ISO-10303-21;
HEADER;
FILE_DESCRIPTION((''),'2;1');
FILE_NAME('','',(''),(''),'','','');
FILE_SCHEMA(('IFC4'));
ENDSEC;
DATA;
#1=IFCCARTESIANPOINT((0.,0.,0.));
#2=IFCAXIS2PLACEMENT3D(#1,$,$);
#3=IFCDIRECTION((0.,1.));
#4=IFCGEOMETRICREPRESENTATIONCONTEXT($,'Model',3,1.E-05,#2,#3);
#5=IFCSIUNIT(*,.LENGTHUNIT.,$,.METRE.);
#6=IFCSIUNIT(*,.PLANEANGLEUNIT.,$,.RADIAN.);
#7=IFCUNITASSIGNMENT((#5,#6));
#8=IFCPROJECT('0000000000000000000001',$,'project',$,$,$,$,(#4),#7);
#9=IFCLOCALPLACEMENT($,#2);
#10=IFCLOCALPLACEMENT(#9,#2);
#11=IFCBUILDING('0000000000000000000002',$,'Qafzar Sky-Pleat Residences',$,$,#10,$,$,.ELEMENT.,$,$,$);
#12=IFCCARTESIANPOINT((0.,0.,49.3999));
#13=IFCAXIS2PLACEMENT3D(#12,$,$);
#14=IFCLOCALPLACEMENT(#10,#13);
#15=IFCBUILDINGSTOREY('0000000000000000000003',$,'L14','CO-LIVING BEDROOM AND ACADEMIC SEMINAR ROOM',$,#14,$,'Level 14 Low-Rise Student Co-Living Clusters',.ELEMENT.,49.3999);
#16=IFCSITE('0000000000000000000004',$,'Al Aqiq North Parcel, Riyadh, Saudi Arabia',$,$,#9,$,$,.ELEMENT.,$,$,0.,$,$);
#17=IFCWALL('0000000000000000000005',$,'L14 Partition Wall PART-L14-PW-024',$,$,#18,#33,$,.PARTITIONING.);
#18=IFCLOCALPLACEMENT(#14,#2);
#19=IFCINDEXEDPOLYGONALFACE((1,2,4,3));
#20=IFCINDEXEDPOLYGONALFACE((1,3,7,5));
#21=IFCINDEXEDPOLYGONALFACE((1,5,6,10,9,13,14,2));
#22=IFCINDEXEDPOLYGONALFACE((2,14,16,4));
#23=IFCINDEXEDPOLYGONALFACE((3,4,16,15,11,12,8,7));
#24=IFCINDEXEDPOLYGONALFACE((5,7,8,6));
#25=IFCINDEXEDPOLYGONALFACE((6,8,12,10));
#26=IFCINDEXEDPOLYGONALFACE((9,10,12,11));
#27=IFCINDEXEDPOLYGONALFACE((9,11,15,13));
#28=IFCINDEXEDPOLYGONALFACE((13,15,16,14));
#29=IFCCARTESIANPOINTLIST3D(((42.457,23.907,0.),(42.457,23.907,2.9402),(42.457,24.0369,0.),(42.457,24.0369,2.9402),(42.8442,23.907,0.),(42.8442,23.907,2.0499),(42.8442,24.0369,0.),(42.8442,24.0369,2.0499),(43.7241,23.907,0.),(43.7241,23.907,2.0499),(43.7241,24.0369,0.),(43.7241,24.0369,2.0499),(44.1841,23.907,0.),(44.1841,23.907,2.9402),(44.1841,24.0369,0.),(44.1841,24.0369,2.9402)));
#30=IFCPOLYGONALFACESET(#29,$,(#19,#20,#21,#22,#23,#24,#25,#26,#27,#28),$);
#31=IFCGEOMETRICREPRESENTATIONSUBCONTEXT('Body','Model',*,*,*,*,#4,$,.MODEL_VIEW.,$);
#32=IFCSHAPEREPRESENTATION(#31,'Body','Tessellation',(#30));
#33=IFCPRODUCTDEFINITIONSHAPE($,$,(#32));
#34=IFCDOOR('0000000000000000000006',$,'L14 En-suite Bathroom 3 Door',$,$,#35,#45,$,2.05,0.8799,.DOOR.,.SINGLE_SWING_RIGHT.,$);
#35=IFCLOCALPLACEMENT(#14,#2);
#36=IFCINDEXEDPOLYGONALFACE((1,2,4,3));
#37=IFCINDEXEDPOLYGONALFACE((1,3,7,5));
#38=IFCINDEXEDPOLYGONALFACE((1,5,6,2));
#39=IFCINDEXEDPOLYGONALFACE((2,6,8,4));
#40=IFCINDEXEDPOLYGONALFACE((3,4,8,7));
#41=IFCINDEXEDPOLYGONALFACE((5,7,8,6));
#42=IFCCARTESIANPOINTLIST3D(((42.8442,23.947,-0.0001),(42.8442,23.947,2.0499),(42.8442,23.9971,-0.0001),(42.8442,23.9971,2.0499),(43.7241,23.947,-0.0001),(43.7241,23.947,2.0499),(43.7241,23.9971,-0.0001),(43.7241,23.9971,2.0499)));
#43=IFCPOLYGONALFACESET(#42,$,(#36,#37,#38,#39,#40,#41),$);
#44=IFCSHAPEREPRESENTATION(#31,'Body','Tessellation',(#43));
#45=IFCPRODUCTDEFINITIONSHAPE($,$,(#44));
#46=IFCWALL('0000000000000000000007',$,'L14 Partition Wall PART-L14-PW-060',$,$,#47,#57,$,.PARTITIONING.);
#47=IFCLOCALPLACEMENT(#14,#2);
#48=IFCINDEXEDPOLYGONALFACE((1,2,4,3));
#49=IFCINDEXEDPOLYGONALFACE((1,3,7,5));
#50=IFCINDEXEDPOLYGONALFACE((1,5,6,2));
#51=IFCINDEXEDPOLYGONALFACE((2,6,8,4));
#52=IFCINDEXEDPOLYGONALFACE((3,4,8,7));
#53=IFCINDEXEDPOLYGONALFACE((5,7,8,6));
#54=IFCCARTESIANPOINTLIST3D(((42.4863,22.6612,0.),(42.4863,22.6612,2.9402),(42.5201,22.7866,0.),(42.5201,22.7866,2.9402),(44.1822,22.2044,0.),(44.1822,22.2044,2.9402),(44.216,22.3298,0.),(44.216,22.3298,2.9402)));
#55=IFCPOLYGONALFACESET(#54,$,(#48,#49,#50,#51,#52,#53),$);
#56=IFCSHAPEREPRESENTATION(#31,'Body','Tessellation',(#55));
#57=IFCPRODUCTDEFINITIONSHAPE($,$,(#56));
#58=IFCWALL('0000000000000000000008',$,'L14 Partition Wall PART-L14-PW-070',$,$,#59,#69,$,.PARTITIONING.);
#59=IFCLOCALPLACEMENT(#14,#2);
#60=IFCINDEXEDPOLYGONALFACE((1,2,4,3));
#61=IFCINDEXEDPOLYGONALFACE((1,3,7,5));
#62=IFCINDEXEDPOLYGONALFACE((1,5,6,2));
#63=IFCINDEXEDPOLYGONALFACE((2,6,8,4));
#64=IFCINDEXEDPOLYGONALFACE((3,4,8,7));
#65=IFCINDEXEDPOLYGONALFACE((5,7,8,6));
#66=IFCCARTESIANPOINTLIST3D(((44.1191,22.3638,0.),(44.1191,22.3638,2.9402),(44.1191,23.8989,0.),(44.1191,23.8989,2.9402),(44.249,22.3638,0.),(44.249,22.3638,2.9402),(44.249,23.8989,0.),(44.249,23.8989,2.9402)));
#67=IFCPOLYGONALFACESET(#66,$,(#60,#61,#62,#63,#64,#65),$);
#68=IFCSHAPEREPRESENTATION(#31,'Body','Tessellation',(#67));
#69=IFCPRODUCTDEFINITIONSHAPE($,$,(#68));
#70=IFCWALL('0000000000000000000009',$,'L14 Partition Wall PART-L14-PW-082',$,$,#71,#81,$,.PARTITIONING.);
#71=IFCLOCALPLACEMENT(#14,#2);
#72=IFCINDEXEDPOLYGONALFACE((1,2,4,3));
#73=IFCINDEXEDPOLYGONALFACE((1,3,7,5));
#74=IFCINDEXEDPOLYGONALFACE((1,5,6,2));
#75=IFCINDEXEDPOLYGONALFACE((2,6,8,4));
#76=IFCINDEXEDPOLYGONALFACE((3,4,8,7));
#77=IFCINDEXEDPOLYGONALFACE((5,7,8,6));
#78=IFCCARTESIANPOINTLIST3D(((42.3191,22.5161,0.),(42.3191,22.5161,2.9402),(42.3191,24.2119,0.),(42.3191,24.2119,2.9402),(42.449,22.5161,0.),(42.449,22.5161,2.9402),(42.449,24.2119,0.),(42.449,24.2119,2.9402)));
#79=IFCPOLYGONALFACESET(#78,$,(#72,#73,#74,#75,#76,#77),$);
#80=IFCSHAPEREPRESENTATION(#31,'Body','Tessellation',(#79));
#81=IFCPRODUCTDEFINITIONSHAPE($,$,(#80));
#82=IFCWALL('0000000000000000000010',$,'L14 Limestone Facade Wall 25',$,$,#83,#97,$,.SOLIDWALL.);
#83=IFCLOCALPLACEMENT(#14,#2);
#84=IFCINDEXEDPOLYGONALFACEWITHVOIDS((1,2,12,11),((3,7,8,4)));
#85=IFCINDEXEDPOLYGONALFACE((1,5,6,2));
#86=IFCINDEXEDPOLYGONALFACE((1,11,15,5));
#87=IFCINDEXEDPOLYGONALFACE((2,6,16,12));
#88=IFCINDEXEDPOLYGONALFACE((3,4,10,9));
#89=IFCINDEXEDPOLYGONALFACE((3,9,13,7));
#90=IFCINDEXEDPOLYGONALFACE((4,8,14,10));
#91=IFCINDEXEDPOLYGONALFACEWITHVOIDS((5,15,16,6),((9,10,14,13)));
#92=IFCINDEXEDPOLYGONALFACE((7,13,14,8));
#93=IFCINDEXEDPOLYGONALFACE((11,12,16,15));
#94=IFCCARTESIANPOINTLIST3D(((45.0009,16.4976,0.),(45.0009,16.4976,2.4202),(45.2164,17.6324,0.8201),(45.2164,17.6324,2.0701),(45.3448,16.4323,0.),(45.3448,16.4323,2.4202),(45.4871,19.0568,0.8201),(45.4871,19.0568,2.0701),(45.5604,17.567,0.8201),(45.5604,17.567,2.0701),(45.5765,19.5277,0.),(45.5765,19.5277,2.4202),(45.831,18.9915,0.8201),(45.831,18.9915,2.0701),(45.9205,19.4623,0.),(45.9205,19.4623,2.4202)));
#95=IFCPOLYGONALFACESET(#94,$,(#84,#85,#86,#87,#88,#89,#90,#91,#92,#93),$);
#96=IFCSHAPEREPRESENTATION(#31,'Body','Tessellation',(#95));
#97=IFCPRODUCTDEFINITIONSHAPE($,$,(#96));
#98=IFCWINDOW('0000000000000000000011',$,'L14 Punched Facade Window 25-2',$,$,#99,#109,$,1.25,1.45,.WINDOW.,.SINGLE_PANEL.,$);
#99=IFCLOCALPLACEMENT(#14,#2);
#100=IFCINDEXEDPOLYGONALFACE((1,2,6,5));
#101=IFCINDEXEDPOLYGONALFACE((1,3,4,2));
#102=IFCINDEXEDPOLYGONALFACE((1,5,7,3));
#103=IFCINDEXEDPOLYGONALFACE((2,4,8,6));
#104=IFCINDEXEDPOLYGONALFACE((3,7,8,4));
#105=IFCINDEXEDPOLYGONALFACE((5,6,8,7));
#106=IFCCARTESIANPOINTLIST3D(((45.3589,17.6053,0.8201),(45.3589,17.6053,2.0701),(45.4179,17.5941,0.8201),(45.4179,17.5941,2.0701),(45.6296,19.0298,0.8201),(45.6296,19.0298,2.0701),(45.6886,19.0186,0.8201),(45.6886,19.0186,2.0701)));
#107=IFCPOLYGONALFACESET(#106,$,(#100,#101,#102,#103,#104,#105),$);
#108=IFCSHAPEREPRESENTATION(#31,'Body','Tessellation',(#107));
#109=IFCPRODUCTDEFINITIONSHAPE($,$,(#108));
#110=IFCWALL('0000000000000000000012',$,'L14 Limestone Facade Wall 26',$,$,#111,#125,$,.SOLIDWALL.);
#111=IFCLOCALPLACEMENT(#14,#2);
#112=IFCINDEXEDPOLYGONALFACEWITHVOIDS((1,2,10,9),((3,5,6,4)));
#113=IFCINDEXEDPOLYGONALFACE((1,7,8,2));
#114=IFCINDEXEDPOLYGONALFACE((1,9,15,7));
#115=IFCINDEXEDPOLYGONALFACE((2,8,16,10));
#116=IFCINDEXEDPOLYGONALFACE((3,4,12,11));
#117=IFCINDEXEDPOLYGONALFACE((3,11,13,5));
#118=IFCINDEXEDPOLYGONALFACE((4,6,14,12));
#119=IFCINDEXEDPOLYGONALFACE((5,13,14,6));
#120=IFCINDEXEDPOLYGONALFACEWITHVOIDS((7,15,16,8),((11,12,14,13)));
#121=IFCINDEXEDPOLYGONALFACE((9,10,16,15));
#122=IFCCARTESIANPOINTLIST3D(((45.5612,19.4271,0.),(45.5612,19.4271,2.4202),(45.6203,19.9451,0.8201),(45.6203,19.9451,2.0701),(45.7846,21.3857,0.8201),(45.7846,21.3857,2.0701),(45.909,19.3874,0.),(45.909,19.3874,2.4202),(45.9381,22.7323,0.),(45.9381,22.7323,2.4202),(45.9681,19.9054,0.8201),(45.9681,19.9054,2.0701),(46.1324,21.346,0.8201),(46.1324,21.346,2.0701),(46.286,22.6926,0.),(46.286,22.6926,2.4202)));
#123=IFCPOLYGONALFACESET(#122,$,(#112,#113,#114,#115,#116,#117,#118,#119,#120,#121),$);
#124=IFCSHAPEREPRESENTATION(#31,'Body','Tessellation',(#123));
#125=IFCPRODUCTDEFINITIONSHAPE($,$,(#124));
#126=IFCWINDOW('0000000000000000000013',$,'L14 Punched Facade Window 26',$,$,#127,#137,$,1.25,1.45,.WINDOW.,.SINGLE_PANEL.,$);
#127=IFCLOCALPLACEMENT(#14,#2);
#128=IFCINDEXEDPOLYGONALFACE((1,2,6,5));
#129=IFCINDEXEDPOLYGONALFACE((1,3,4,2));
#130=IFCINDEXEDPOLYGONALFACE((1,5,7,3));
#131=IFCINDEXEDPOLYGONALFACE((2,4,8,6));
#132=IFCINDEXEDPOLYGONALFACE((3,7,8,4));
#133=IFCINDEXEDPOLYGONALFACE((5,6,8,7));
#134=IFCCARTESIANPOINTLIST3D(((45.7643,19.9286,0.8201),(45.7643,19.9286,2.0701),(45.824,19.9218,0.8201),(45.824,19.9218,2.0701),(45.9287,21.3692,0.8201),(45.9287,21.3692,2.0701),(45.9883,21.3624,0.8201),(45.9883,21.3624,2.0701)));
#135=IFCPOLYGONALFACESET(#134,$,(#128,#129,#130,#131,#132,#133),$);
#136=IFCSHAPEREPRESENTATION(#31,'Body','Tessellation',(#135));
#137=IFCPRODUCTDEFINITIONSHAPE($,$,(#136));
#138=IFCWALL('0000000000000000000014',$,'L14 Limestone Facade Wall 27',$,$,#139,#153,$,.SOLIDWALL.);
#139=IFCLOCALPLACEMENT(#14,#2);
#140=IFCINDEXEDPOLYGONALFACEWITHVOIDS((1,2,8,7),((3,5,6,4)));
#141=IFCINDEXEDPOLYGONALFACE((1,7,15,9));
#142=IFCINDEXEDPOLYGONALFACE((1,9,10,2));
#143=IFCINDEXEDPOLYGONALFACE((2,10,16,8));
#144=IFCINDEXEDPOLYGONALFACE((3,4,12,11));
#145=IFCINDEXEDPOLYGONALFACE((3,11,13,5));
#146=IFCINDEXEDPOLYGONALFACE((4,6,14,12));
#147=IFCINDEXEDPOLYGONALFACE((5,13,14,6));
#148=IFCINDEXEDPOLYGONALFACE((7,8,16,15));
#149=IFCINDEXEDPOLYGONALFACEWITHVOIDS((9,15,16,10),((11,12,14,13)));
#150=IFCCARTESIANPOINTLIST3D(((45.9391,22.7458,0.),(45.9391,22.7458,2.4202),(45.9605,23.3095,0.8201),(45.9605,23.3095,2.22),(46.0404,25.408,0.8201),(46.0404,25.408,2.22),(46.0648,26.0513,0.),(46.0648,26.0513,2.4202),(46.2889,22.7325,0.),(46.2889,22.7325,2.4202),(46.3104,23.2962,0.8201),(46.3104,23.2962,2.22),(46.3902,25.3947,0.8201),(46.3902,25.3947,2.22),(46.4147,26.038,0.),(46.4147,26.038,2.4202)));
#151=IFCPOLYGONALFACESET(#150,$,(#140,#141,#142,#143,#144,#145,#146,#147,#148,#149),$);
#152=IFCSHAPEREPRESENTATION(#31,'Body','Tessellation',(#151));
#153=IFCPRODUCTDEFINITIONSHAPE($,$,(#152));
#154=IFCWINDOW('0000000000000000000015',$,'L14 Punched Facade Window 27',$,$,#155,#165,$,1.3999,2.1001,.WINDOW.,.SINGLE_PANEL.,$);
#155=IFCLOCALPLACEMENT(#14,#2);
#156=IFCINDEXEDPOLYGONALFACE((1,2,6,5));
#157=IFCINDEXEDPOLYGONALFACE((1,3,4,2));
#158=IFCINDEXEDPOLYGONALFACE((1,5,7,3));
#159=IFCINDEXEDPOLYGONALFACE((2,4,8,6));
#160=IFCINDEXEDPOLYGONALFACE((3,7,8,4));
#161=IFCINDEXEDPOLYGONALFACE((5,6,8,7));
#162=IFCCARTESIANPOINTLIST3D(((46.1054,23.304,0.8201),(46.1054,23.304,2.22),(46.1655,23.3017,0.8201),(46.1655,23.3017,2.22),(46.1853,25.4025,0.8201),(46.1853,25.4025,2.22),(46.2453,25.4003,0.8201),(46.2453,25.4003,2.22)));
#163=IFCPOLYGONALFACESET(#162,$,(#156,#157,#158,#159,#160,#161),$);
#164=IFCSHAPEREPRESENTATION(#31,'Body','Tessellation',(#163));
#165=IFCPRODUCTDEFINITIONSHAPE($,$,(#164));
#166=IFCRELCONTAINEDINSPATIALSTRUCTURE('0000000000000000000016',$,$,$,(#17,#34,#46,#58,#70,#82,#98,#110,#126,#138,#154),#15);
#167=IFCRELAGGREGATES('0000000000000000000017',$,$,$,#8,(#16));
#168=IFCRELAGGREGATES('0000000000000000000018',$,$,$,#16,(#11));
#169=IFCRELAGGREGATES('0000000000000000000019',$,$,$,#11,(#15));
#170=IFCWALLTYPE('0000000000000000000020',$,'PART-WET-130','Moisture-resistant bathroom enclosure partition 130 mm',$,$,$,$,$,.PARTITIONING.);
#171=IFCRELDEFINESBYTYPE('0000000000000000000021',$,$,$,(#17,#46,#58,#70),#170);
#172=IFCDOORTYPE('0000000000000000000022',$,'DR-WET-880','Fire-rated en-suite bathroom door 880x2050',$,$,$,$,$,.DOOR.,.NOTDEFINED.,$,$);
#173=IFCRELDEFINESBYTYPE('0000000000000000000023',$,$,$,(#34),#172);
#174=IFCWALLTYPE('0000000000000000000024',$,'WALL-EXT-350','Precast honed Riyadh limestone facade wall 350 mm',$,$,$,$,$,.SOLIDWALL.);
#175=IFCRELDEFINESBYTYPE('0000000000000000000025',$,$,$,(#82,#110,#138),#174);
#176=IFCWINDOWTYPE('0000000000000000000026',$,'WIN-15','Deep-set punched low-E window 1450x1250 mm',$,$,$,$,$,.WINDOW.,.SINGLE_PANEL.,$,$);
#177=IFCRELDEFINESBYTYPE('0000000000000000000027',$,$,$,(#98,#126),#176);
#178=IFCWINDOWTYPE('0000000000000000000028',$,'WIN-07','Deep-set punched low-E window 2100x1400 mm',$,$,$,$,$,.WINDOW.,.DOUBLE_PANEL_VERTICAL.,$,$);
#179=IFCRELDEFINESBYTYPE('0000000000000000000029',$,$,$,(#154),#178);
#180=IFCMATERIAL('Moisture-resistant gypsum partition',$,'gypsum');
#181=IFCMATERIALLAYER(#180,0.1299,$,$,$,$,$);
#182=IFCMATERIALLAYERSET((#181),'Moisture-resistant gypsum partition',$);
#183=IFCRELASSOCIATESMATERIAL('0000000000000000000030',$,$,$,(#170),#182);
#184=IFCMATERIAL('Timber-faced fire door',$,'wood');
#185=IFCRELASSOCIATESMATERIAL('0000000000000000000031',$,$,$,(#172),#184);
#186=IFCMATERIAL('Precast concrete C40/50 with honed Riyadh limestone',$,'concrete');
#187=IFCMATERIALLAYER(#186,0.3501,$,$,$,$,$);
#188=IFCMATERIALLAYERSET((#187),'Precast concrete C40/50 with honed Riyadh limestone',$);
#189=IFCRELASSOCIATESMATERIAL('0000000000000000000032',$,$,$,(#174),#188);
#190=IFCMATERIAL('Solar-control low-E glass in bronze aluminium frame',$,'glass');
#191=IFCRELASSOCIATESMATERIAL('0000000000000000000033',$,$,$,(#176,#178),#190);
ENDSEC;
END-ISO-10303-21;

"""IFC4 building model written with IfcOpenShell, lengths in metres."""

from ifc_helpers import new_model, si_unit, direction, frame, frame_2d, origin, place, context, subcontext, project, spatial, rectangle, extrude, source, transform, mapped, material, layer, layer_set, type_object, element, fill, save


model = new_model("IFC4")

# Units and contexts
model_context = context("Model", 3, precision=1e-05, world=origin(), true_north=direction((0.0, 1.0)))
body_context = subcontext(model_context, "Body", "Model", "MODEL_VIEW")
ifc_project = project(units=[si_unit("LENGTHUNIT", "METRE"), si_unit("PLANEANGLEUNIT", "RADIAN")], contexts=[model_context])

# Site, building, storey
site_placement = place(None, origin())
site = spatial("IfcSite", under=ifc_project, at=site_placement, Name="Al Aqiq North Parcel, Riyadh, Saudi Arabia", CompositionType="ELEMENT", RefElevation=0.0)
building_placement = place(site_placement, origin())
building = spatial("IfcBuilding", under=site, at=building_placement, Name="Qafzar Sky-Pleat Residences", CompositionType="ELEMENT")
storey_placement = place(building_placement, frame((0.0, 0.0, 49.3999)))
storey = spatial("IfcBuildingStorey", under=building, at=storey_placement, Name="L14", Description="CO-LIVING BEDROOM AND ACADEMIC SEMINAR ROOM", LongName="Level 14 Low-Rise Student Co-Living Clusters", CompositionType="ELEMENT", Elevation=49.3999)

# Wall, opening, door
ifc_material_1 = material(Name="Moisture-resistant gypsum partition", Category="gypsum")
ifc_layer_1 = layer(ifc_material_1, 0.1299)
ifc_layer_set_1 = layer_set([ifc_layer_1], Name="Moisture-resistant gypsum partition")
wall_type_1 = type_object("IfcWallType", Name="PART-WET-130", Description="Moisture-resistant bathroom enclosure partition 130 mm", PredefinedType="PARTITIONING", material=ifc_layer_set_1)
wall_1_placement = place(storey_placement, frame((44.1841, 23.9719, 0.0), z_axis=(0.0, 0.0, 1.0), x_axis=(-1.0, 0.0, 0.0)))
wall_1 = element("IfcWall", 1, at=wall_1_placement, inside=storey, type_object=wall_type_1, Name="L14 Partition Wall PART-L14-PW-024", PredefinedType="PARTITIONING", context=body_context, shape_type="SweptSolid", body=[
    extrude(rectangle(XDim=1.7271, YDim=0.1299, at=frame_2d((0.8635, 0.0))), origin(), (0.0, 0.0, 1.0), 2.9402),
])
opening_1_placement = place(wall_1_placement, frame((0.46, 0.0, 0.0)))
opening_1 = element("IfcOpeningElement", 2, at=opening_1_placement, cuts=wall_1, PredefinedType="OPENING", context=body_context, shape_type="SweptSolid", body=[
    extrude(rectangle(XDim=0.8799, YDim=2.05, at=frame_2d((0.4399, 1.0249))), frame((0.0, 0.075, 0.0), z_axis=(0.0, -1.0, 0.0), x_axis=(1.0, 0.0, 0.0)), (0.0, 0.0, 1.0), 0.1499),
])
ifc_material_2 = material(Name="Timber-faced fire door", Category="wood")
door_type = type_object("IfcDoorType", Name="DR-WET-880", Description="Fire-rated en-suite bathroom door 880x2050", OperationType="NOTDEFINED", PredefinedType="DOOR", material=ifc_material_2)
shared_shape_1 = source(origin(), body_context, "Body", "SweptSolid", [
    extrude(rectangle(XDim=0.8799, YDim=2.05, at=frame_2d((0.4399, 1.0249))), frame((0.0, 0.0249, 0.0), z_axis=(0.0, -1.0, 0.0), x_axis=(1.0, 0.0, 0.0)), (0.0, 0.0, 1.0), 0.05),
])
door_placement = place(opening_1_placement, origin())
door = element("IfcDoor", 3, at=door_placement, inside=storey, type_object=door_type, Name="L14 En-suite Bathroom 3 Door", OperationType="SINGLE_SWING_RIGHT", OverallHeight=2.05, OverallWidth=0.8799, PredefinedType="DOOR", context=body_context, shape_type="MappedRepresentation", body=[
    mapped(shared_shape_1, transform((0.0, 0.0, 0.0), x_axis=(1.0, 0.0, 0.0), y_axis=(0.0, 1.0, 0.0), z_axis=(0.0, 0.0, 1.0), scale=1.0)),
])
fill(opening_1, door)

# Walls
wall_2_placement = place(storey_placement, frame((42.5032, 22.7239, 0.0), z_axis=(0.0, 0.0, 1.0), x_axis=(0.965584, -0.260093, 0.0)))
element("IfcWall", 4, at=wall_2_placement, inside=storey, type_object=wall_type_1, Name="L14 Partition Wall PART-L14-PW-060", PredefinedType="PARTITIONING", context=body_context, shape_type="SweptSolid", body=[
    extrude(rectangle(XDim=1.7563, YDim=0.1299, at=frame_2d((0.8782, 0.0))), origin(), (0.0, 0.0, 1.0), 2.9402),
])
wall_3_placement = place(storey_placement, frame((44.1841, 22.3638, 0.0), z_axis=(0.0, 0.0, 1.0), x_axis=(0.0, 1.0, 0.0)))
element("IfcWall", 5, at=wall_3_placement, inside=storey, type_object=wall_type_1, Name="L14 Partition Wall PART-L14-PW-070", PredefinedType="PARTITIONING", context=body_context, shape_type="SweptSolid", body=[
    extrude(rectangle(XDim=1.5352, YDim=0.1299, at=frame_2d((0.7676, 0.0))), origin(), (0.0, 0.0, 1.0), 2.9402),
])
wall_4_placement = place(storey_placement, frame((42.384, 22.5161, 0.0), z_axis=(0.0, 0.0, 1.0), x_axis=(0.0, 1.0, 0.0)))
element("IfcWall", 6, at=wall_4_placement, inside=storey, type_object=wall_type_1, Name="L14 Partition Wall PART-L14-PW-082", PredefinedType="PARTITIONING", context=body_context, shape_type="SweptSolid", body=[
    extrude(rectangle(XDim=1.6958, YDim=0.1299, at=frame_2d((0.8479, 0.0))), origin(), (0.0, 0.0, 1.0), 2.9402),
])

# Walls, openings, windows
ifc_material_3 = material(Name="Precast concrete C40/50 with honed Riyadh limestone", Category="concrete")
ifc_layer_2 = layer(ifc_material_3, 0.3501)
ifc_layer_set_2 = layer_set([ifc_layer_2], Name="Precast concrete C40/50 with honed Riyadh limestone")
wall_type_2 = type_object("IfcWallType", Name="WALL-EXT-350", Description="Precast honed Riyadh limestone facade wall 350 mm", PredefinedType="SOLIDWALL", material=ifc_layer_set_2)
wall_5_placement = place(storey_placement, frame((45.1729, 16.4651, 0.0), z_axis=(0.0, 0.0, 1.0), x_axis=(0.186654, 0.982426, 0.0)))
wall_5 = element("IfcWall", 7, at=wall_5_placement, inside=storey, type_object=wall_type_2, Name="L14 Limestone Facade Wall 25", PredefinedType="SOLIDWALL", context=body_context, shape_type="SweptSolid", body=[
    extrude(rectangle(XDim=3.0842, YDim=0.3501, at=frame_2d((1.542, 0.0))), origin(), (0.0, 0.0, 1.0), 2.4202),
])
opening_2_placement = place(wall_5_placement, frame((1.1548, 0.0, 0.8201)))
opening_2 = element("IfcOpeningElement", 8, at=opening_2_placement, cuts=wall_5, PredefinedType="OPENING", context=body_context, shape_type="SweptSolid", body=[
    extrude(rectangle(XDim=1.45, YDim=1.25, at=frame_2d((0.7251, 0.625))), frame((0.0, 0.1851, 0.0), z_axis=(0.0, -1.0, 0.0), x_axis=(1.0, 0.0, 0.0)), (0.0, 0.0, 1.0), 0.3701),
])
ifc_material_4 = material(Name="Solar-control low-E glass in bronze aluminium frame", Category="glass")
window_type_1 = type_object("IfcWindowType", Name="WIN-15", Description="Deep-set punched low-E window 1450x1250 mm", PartitioningType="SINGLE_PANEL", PredefinedType="WINDOW", material=ifc_material_4)
shared_shape_2 = source(origin(), body_context, "Body", "SweptSolid", [
    extrude(rectangle(XDim=1.45, YDim=1.25, at=frame_2d((0.7251, 0.625))), frame((0.0, 0.03, 0.0), z_axis=(0.0, -1.0, 0.0), x_axis=(1.0, 0.0, 0.0)), (0.0, 0.0, 1.0), 0.0601),
])
window_1_placement = place(opening_2_placement, origin())
window_1 = element("IfcWindow", 9, at=window_1_placement, inside=storey, type_object=window_type_1, Name="L14 Punched Facade Window 25-2", OverallHeight=1.25, OverallWidth=1.45, PartitioningType="SINGLE_PANEL", PredefinedType="WINDOW", context=body_context, shape_type="MappedRepresentation", body=[
    mapped(shared_shape_2, transform((0.0, 0.0, 0.0), x_axis=(1.0, 0.0, 0.0), y_axis=(0.0, 1.0, 0.0), z_axis=(0.0, 0.0, 1.0), scale=1.0)),
])
fill(opening_2, window_1)
wall_6_placement = place(storey_placement, frame((45.7351, 19.4072, 0.0), z_axis=(0.0, 0.0, 1.0), x_axis=(0.113315, 0.993559, 0.0)))
wall_6 = element("IfcWall", 10, at=wall_6_placement, inside=storey, type_object=wall_type_2, Name="L14 Limestone Facade Wall 26", PredefinedType="SOLIDWALL", context=body_context, shape_type="SweptSolid", body=[
    extrude(rectangle(XDim=3.3267, YDim=0.3501, at=frame_2d((1.6633, 0.0))), origin(), (0.0, 0.0, 1.0), 2.4202),
])
opening_3_placement = place(wall_6_placement, frame((0.5212, 0.0, 0.8201)))
opening_3 = element("IfcOpeningElement", 11, at=opening_3_placement, cuts=wall_6, PredefinedType="OPENING", context=body_context, shape_type="SweptSolid", body=[
    extrude(rectangle(XDim=1.45, YDim=1.25, at=frame_2d((0.7251, 0.625))), frame((0.0, 0.1851, 0.0), z_axis=(0.0, -1.0, 0.0), x_axis=(1.0, 0.0, 0.0)), (0.0, 0.0, 1.0), 0.3701),
])
window_2_placement = place(opening_3_placement, origin())
window_2 = element("IfcWindow", 12, at=window_2_placement, inside=storey, type_object=window_type_1, Name="L14 Punched Facade Window 26", OverallHeight=1.25, OverallWidth=1.45, PartitioningType="SINGLE_PANEL", PredefinedType="WINDOW", context=body_context, shape_type="MappedRepresentation", body=[
    mapped(shared_shape_2, transform((0.0, 0.0, 0.0), x_axis=(1.0, 0.0, 0.0), y_axis=(0.0, 1.0, 0.0), z_axis=(0.0, 0.0, 1.0), scale=1.0)),
])
fill(opening_3, window_2)
wall_7_placement = place(storey_placement, frame((46.114, 22.7393, 0.0), z_axis=(0.0, 0.0, 1.0), x_axis=(0.038011, 0.999277, 0.0)))
wall_7 = element("IfcWall", 13, at=wall_7_placement, inside=storey, type_object=wall_type_2, Name="L14 Limestone Facade Wall 27", PredefinedType="SOLIDWALL", context=body_context, shape_type="SweptSolid", body=[
    extrude(rectangle(XDim=3.3079, YDim=0.3501, at=frame_2d((1.6538, 0.0))), origin(), (0.0, 0.0, 1.0), 2.4202),
])
opening_4_placement = place(wall_7_placement, frame((0.564, 0.0, 0.8201)))
opening_4 = element("IfcOpeningElement", 14, at=opening_4_placement, cuts=wall_7, PredefinedType="OPENING", context=body_context, shape_type="SweptSolid", body=[
    extrude(rectangle(XDim=2.1001, YDim=1.3999, at=frame_2d((1.05, 0.7))), frame((0.0, 0.1851, 0.0), z_axis=(0.0, -1.0, 0.0), x_axis=(1.0, 0.0, 0.0)), (0.0, 0.0, 1.0), 0.3701),
])
window_type_2 = type_object("IfcWindowType", Name="WIN-07", Description="Deep-set punched low-E window 2100x1400 mm", PartitioningType="DOUBLE_PANEL_VERTICAL", PredefinedType="WINDOW", material=ifc_material_4)
shared_shape_3 = source(origin(), body_context, "Body", "SweptSolid", [
    extrude(rectangle(XDim=2.1001, YDim=1.3999, at=frame_2d((1.05, 0.7))), frame((0.0, 0.03, 0.0), z_axis=(0.0, -1.0, 0.0), x_axis=(1.0, 0.0, 0.0)), (0.0, 0.0, 1.0), 0.0601),
])
window_3_placement = place(opening_4_placement, origin())
window_3 = element("IfcWindow", 15, at=window_3_placement, inside=storey, type_object=window_type_2, Name="L14 Punched Facade Window 27", OverallHeight=1.3999, OverallWidth=2.1001, PartitioningType="SINGLE_PANEL", PredefinedType="WINDOW", context=body_context, shape_type="MappedRepresentation", body=[
    mapped(shared_shape_3, transform((0.0, 0.0, 0.0), x_axis=(1.0, 0.0, 0.0), y_axis=(0.0, 1.0, 0.0), z_axis=(0.0, 0.0, 1.0), scale=1.0)),
])
fill(opening_4, window_3)

save(model, "model.ifc")
